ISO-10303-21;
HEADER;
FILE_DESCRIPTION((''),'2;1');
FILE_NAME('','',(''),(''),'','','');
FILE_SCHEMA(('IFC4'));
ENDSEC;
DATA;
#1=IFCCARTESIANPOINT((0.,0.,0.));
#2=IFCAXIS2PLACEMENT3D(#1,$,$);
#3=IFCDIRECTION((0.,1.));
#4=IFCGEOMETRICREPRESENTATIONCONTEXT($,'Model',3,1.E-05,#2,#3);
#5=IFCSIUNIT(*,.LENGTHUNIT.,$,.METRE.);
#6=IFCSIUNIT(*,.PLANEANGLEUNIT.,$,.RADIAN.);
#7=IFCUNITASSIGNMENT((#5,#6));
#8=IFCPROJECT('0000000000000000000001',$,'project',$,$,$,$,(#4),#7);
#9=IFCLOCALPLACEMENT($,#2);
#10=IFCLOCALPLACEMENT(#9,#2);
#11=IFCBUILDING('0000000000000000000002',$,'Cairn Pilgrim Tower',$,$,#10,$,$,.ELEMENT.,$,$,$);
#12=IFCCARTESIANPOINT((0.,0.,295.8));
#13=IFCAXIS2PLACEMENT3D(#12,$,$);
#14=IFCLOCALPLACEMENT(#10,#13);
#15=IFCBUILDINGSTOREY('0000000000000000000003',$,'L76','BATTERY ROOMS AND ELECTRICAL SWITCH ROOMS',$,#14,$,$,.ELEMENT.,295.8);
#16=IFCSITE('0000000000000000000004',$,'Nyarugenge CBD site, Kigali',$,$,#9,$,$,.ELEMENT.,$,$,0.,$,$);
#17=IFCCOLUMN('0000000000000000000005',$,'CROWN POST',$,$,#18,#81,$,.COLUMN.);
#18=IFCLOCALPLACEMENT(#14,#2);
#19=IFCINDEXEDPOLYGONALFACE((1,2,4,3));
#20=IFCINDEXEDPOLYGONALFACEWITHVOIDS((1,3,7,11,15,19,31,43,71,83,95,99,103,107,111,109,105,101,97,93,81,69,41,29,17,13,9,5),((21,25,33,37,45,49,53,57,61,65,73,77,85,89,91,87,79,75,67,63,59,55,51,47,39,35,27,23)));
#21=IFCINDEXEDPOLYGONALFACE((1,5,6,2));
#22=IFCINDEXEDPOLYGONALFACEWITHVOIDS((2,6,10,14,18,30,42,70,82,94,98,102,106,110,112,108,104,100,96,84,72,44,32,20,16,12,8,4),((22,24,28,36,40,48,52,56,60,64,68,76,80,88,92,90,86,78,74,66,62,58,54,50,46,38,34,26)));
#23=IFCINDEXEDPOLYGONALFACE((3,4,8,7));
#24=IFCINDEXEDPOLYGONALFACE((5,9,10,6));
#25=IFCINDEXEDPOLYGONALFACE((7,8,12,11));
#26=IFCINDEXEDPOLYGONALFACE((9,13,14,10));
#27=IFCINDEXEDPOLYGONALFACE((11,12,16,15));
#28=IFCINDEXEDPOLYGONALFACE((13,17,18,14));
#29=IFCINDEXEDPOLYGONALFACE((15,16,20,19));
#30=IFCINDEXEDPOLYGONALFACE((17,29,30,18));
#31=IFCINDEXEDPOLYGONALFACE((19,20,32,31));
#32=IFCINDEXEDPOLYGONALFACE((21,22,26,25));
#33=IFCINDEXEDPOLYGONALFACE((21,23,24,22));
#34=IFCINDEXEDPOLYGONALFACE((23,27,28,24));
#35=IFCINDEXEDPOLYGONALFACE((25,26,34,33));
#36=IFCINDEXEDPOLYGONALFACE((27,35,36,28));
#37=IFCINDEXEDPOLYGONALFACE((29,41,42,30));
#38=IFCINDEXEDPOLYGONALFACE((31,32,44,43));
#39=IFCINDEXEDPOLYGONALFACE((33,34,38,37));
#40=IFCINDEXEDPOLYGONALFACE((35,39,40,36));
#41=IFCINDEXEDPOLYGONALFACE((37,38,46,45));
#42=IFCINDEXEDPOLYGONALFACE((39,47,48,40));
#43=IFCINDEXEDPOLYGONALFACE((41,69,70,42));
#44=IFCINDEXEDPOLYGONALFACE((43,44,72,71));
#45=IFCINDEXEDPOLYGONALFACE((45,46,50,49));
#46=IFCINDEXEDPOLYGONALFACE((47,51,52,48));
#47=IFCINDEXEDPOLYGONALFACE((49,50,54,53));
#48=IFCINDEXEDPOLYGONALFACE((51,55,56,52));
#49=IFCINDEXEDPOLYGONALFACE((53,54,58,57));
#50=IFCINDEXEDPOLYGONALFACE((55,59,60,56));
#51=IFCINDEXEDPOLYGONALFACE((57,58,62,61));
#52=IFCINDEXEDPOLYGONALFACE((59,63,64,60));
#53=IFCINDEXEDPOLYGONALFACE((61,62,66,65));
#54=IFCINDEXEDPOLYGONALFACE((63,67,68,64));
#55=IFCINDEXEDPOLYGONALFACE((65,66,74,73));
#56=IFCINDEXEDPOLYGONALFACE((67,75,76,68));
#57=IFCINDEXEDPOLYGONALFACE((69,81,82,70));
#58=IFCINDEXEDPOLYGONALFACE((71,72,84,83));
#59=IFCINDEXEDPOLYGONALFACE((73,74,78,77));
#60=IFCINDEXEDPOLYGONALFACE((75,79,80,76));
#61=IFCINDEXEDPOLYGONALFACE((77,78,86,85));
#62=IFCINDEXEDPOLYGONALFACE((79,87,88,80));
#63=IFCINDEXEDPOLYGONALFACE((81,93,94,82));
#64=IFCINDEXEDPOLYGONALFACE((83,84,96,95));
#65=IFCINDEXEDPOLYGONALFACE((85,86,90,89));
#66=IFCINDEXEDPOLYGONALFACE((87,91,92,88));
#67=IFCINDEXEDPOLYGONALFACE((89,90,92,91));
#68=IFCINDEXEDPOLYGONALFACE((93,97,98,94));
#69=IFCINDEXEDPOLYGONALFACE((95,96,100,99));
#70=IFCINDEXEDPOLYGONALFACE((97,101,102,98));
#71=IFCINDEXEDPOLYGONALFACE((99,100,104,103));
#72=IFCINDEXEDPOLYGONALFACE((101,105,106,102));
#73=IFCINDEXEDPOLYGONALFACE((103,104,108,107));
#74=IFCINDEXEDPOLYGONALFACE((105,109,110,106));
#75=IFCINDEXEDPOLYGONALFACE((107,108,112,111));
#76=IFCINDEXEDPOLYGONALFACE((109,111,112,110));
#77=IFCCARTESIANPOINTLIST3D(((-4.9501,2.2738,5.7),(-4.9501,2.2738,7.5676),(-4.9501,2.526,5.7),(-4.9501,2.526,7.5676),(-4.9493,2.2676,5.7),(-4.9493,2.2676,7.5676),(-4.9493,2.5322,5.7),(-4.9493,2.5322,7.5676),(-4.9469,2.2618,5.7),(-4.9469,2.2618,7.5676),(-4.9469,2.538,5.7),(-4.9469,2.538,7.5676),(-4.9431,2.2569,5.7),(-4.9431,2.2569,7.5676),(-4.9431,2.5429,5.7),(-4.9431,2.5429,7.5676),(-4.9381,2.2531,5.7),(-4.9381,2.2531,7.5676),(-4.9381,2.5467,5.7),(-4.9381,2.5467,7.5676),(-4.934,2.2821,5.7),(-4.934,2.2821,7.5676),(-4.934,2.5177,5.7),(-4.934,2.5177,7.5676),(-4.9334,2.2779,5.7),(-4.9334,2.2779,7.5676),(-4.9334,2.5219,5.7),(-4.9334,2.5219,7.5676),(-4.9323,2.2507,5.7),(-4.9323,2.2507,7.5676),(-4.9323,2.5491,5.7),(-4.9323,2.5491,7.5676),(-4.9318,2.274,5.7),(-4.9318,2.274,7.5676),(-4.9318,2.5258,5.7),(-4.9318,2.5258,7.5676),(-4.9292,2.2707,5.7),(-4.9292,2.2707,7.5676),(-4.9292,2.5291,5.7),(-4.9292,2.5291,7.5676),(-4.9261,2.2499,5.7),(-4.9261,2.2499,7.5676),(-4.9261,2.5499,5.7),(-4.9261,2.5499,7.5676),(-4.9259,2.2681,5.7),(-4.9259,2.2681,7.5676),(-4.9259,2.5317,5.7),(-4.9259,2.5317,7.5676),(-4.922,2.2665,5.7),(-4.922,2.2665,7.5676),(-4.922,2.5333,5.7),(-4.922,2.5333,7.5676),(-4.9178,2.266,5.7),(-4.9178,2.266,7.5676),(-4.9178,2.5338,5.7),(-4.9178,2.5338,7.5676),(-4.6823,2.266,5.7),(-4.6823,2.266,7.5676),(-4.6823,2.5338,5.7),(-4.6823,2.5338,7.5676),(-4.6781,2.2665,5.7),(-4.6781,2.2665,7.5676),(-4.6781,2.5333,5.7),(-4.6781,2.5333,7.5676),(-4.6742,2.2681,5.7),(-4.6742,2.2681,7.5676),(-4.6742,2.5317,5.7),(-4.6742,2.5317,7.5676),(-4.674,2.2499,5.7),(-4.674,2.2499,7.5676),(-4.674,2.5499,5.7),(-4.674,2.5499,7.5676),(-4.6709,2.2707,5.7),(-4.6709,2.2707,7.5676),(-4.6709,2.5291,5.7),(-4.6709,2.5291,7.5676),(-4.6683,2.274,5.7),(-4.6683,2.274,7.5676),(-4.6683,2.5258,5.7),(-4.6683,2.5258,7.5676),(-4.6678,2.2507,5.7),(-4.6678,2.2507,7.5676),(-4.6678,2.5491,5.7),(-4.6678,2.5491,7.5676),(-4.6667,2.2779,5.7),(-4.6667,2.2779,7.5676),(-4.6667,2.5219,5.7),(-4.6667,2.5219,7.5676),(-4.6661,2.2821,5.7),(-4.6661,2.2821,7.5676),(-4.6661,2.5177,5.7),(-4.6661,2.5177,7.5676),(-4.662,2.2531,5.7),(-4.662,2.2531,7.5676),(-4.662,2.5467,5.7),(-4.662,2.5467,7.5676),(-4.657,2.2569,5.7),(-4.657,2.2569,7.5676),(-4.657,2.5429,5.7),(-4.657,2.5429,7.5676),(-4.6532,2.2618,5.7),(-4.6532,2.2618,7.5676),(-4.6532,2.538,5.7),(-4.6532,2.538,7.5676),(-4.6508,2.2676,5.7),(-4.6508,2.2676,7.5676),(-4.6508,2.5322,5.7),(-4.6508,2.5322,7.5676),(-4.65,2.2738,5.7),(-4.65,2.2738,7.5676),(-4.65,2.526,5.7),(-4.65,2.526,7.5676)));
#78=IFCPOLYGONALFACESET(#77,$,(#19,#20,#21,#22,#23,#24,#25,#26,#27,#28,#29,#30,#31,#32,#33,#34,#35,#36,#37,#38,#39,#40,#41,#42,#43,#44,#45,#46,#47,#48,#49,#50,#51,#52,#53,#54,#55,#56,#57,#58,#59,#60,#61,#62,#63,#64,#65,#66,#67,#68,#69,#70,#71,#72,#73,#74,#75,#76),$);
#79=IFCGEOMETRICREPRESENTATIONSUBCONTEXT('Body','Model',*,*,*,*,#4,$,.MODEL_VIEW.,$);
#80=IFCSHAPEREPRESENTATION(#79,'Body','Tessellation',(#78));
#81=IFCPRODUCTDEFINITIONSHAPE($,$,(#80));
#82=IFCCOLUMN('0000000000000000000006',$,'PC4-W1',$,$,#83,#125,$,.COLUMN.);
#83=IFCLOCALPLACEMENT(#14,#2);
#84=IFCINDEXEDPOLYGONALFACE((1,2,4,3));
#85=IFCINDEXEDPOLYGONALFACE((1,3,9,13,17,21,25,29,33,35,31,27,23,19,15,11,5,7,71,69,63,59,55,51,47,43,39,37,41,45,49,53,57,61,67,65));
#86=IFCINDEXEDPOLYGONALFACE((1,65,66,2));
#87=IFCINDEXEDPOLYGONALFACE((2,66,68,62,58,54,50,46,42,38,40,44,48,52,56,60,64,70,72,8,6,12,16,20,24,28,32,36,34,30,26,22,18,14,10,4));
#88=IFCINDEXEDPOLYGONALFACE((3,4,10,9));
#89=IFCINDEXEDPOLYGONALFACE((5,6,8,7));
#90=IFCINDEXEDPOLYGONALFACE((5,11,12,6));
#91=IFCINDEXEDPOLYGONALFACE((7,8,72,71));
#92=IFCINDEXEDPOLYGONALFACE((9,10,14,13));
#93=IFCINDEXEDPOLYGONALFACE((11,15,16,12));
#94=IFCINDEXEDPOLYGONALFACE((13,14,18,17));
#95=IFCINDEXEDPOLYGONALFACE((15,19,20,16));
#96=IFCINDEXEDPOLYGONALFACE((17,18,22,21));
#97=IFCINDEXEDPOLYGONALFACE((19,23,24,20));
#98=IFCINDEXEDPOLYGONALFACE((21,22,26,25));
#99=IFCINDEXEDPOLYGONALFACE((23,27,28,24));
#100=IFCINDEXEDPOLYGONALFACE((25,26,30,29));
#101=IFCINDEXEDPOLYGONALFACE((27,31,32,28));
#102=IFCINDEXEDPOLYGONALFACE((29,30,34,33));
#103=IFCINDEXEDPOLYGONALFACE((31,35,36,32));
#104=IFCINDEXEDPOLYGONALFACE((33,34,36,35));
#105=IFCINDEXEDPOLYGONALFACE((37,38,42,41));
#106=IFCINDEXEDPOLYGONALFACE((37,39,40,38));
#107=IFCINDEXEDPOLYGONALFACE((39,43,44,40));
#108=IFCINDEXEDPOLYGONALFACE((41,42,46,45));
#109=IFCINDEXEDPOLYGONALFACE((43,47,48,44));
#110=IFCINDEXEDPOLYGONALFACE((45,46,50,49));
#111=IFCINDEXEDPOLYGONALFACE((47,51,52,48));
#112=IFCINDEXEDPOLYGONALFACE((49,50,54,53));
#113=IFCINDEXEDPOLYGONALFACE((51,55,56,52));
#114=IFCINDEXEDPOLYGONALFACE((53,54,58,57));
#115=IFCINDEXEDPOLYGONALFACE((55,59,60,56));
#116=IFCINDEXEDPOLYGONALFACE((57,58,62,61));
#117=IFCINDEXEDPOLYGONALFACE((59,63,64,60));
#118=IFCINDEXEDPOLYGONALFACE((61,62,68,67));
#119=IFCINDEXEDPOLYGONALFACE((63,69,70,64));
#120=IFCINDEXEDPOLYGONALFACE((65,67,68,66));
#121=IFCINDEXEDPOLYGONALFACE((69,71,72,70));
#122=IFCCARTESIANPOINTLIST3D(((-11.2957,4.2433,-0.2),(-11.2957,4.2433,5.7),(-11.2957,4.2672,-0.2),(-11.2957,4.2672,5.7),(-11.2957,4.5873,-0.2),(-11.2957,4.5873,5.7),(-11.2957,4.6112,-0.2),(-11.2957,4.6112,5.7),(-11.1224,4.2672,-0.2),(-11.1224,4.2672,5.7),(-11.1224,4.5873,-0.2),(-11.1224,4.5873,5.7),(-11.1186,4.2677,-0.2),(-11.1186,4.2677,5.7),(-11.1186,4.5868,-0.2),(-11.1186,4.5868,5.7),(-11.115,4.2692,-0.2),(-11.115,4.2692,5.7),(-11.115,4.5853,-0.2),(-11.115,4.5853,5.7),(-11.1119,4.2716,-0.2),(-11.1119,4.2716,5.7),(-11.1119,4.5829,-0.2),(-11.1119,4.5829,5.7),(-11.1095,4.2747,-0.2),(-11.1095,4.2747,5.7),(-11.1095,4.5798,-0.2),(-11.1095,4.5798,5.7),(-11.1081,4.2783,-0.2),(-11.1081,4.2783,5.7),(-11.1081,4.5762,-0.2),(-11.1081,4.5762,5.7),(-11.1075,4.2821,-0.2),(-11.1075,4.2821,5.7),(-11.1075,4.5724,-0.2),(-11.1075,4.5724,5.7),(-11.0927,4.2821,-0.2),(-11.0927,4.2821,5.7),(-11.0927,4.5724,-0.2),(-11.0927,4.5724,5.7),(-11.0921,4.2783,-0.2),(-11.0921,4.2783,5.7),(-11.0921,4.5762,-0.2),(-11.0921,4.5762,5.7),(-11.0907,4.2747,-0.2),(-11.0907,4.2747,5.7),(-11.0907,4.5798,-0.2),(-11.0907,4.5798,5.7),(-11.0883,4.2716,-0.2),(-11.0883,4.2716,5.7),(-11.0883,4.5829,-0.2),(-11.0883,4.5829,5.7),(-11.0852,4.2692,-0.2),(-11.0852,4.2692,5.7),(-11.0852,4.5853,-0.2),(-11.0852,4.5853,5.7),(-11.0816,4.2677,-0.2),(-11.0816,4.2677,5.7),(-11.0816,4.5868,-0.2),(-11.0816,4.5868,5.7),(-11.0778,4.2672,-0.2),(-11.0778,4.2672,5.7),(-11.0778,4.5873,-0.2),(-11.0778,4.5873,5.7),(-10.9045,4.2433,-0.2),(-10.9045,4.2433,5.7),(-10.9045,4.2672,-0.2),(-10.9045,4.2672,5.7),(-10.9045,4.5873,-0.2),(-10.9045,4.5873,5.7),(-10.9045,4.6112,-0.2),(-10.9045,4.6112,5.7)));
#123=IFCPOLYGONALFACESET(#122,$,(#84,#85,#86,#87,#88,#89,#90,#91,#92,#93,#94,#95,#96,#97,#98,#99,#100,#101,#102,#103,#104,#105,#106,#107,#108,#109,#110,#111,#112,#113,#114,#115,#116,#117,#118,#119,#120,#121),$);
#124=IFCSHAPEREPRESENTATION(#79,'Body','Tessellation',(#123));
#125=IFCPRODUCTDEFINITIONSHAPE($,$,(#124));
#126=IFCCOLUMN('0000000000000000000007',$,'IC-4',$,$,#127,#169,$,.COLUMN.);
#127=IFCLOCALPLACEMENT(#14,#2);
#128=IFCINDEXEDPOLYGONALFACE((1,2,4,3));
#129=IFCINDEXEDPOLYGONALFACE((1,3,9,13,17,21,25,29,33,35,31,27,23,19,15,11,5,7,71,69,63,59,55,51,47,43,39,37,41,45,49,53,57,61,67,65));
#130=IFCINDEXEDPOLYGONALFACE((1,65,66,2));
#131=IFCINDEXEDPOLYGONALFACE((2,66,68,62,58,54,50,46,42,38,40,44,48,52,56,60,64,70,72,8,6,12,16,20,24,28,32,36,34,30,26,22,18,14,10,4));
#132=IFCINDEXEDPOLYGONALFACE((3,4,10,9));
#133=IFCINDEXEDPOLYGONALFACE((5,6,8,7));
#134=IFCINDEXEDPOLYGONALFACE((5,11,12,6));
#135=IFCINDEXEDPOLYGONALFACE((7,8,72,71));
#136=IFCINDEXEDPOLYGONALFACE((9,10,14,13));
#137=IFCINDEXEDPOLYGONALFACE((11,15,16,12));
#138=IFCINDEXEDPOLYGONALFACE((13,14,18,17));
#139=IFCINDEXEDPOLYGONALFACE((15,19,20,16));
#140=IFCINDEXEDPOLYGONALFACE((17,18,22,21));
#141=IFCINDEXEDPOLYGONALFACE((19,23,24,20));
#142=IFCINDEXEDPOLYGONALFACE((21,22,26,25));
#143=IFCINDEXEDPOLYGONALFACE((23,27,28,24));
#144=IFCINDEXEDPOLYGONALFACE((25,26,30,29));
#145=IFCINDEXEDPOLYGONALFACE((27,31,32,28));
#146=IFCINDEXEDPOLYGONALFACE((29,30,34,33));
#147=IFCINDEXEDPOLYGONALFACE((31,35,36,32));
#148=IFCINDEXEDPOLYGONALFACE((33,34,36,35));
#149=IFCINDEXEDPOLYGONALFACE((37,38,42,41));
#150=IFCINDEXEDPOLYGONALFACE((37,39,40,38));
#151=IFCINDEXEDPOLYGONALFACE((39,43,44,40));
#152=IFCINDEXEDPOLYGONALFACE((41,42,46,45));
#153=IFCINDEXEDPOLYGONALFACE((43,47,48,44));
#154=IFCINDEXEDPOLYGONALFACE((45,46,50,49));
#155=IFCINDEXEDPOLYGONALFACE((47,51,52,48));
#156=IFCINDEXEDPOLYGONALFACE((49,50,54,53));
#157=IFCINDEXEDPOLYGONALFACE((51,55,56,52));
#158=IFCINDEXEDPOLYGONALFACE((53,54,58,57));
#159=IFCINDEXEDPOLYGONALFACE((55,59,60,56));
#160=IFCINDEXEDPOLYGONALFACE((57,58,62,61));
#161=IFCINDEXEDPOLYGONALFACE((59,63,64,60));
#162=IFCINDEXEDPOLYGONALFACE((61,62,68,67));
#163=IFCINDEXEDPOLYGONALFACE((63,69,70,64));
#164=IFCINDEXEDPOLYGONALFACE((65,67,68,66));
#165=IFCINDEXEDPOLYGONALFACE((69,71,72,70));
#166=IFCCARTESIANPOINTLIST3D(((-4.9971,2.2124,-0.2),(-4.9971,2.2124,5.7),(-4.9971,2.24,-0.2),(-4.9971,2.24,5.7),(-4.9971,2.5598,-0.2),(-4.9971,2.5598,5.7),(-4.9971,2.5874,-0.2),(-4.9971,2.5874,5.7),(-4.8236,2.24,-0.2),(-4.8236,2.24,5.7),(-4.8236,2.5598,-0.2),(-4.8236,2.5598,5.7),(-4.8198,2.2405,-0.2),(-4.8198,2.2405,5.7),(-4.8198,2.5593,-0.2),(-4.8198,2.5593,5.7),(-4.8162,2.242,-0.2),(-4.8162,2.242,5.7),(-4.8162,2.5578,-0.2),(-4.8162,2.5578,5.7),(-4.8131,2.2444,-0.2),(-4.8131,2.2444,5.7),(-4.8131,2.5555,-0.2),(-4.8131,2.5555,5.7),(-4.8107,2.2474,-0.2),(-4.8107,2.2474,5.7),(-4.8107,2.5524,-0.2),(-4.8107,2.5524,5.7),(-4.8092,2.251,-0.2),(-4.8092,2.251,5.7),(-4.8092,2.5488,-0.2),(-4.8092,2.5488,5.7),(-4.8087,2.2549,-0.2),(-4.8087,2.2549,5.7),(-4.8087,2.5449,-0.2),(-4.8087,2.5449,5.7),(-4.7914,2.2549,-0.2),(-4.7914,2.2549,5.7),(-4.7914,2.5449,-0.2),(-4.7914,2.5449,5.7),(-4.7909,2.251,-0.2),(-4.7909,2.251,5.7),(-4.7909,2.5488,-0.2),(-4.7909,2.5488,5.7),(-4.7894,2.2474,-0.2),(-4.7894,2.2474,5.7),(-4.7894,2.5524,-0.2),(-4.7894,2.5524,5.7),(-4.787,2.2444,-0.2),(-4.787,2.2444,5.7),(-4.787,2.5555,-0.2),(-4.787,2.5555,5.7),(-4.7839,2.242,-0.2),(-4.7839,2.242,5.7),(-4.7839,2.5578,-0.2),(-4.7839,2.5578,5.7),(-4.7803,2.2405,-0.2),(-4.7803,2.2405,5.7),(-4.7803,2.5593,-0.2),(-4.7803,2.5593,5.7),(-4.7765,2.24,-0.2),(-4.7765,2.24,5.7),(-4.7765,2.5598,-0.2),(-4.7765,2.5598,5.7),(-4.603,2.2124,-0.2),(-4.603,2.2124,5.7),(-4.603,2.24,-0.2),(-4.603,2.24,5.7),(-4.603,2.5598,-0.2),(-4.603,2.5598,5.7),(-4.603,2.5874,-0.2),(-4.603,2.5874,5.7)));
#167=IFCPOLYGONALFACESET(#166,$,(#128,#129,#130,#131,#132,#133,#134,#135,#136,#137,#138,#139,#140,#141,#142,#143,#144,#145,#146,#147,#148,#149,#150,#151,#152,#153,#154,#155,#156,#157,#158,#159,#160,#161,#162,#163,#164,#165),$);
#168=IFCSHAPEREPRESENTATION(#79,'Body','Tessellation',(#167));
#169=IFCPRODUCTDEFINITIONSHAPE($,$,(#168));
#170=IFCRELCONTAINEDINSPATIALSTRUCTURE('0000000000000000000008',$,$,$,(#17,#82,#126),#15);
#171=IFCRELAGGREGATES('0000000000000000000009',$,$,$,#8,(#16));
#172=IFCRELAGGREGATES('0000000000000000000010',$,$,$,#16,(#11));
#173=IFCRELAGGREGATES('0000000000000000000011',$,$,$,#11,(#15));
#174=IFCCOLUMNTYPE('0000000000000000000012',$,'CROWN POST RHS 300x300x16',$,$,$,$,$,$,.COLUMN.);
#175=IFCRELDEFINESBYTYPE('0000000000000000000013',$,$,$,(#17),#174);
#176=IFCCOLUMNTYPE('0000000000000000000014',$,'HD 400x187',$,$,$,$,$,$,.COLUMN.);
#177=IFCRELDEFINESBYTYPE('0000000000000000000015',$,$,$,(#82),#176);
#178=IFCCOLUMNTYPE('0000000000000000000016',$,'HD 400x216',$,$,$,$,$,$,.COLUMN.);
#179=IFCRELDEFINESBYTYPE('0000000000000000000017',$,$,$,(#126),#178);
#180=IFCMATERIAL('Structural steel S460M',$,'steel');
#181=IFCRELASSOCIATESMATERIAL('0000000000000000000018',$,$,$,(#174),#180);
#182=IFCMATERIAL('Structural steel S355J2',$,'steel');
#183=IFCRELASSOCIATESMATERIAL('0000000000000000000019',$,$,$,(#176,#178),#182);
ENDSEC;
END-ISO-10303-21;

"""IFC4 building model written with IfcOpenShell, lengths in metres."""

from ifc_helpers import new_model, si_unit, direction, frame, origin, origin_2d, place, context, subcontext, project, spatial, hollow_rectangle, i_section, extrude, material, material_profile, profile_set, type_object, element, save


model = new_model("IFC4")

# Units and contexts
model_context = context("Model", 3, precision=1e-05, world=origin(), true_north=direction((0.0, 1.0)))
body_context = subcontext(model_context, "Body", "Model", "MODEL_VIEW")
ifc_project = project(units=[si_unit("LENGTHUNIT", "METRE"), si_unit("PLANEANGLEUNIT", "RADIAN")], contexts=[model_context])

# Site, building, storey
site_placement = place(None, origin())
site = spatial("IfcSite", under=ifc_project, at=site_placement, Name="Nyarugenge CBD site, Kigali", CompositionType="ELEMENT", RefElevation=0.0)
building_placement = place(site_placement, origin())
building = spatial("IfcBuilding", under=site, at=building_placement, Name="Cairn Pilgrim Tower", CompositionType="ELEMENT")
storey_placement = place(building_placement, frame((0.0, 0.0, 295.8)))
storey = spatial("IfcBuildingStorey", under=building, at=storey_placement, Name="L76", Description="BATTERY ROOMS AND ELECTRICAL SWITCH ROOMS", CompositionType="ELEMENT", Elevation=295.8)

# Columns
ifc_material_1 = material(Name="Structural steel S460M", Category="steel")
ifc_material_profile_1 = material_profile(ifc_material_1, hollow_rectangle(XDim=0.3, YDim=0.3, WallThickness=0.0161, InnerFilletRadius=0.0161, OuterFilletRadius=0.0239, at=origin_2d()), Name="SHS 300x300x16")
ifc_profile_set_1 = profile_set([ifc_material_profile_1], Name="Structural steel S460M")
column_type_1 = type_object("IfcColumnType", Name="CROWN POST RHS 300x300x16", PredefinedType="COLUMN", material=ifc_profile_set_1)
column_1_placement = place(storey_placement, frame((-4.8, 2.3999, 5.7), z_axis=(0.0, 0.0, 1.0), x_axis=(1.0, 0.0, 0.0)))
element("IfcColumn", 1, at=column_1_placement, inside=storey, type_object=column_type_1, Name="CROWN POST", PredefinedType="COLUMN", context=body_context, shape_type="SweptSolid", body=[
    extrude(hollow_rectangle(XDim=0.3, YDim=0.3, WallThickness=0.0161, InnerFilletRadius=0.0161, OuterFilletRadius=0.0239, at=origin_2d()), origin(), (0.0, 0.0, 1.0), 1.8677),
])
ifc_material_2 = material(Name="Structural steel S355J2", Category="steel")
ifc_material_profile_2 = material_profile(ifc_material_2, i_section(OverallWidth=0.3911, OverallDepth=0.3679, WebThickness=0.0149, FlangeThickness=0.0239, FilletRadius=0.0149, at=origin_2d()), Name="HD 400x187")
ifc_profile_set_2 = profile_set([ifc_material_profile_2], Name="Structural steel S355J2")
column_type_2 = type_object("IfcColumnType", Name="HD 400x187", PredefinedType="COLUMN", material=ifc_profile_set_2)
column_2_placement = place(storey_placement, frame((-11.1001, 4.4272, -0.2), z_axis=(0.0, 0.0, 1.0), x_axis=(1.0, 0.0, 0.0)))
element("IfcColumn", 2, at=column_2_placement, inside=storey, type_object=column_type_2, Name="PC4-W1", PredefinedType="COLUMN", context=body_context, shape_type="SweptSolid", body=[
    extrude(i_section(OverallWidth=0.3911, OverallDepth=0.3679, WebThickness=0.0149, FlangeThickness=0.0239, FilletRadius=0.0149, at=origin_2d()), origin(), (0.0, 0.0, 1.0), 5.8999),
])
ifc_material_profile_3 = material_profile(ifc_material_2, i_section(OverallWidth=0.394, OverallDepth=0.375, WebThickness=0.0173, FlangeThickness=0.0276, FilletRadius=0.0149, at=origin_2d()), Name="HD 400x216")
ifc_profile_set_3 = profile_set([ifc_material_profile_3], Name="Structural steel S355J2")
column_type_3 = type_object("IfcColumnType", Name="HD 400x216", PredefinedType="COLUMN", material=ifc_profile_set_3)
column_3_placement = place(storey_placement, frame((-4.8, 2.3999, -0.2), z_axis=(0.0, 0.0, 1.0), x_axis=(1.0, 0.0, 0.0)))
element("IfcColumn", 3, at=column_3_placement, inside=storey, type_object=column_type_3, Name="IC-4", PredefinedType="COLUMN", context=body_context, shape_type="SweptSolid", body=[
    extrude(i_section(OverallWidth=0.394, OverallDepth=0.375, WebThickness=0.0173, FlangeThickness=0.0276, FilletRadius=0.0149, at=origin_2d()), origin(), (0.0, 0.0, 1.0), 5.8999),
])

save(model, "model.ifc")
